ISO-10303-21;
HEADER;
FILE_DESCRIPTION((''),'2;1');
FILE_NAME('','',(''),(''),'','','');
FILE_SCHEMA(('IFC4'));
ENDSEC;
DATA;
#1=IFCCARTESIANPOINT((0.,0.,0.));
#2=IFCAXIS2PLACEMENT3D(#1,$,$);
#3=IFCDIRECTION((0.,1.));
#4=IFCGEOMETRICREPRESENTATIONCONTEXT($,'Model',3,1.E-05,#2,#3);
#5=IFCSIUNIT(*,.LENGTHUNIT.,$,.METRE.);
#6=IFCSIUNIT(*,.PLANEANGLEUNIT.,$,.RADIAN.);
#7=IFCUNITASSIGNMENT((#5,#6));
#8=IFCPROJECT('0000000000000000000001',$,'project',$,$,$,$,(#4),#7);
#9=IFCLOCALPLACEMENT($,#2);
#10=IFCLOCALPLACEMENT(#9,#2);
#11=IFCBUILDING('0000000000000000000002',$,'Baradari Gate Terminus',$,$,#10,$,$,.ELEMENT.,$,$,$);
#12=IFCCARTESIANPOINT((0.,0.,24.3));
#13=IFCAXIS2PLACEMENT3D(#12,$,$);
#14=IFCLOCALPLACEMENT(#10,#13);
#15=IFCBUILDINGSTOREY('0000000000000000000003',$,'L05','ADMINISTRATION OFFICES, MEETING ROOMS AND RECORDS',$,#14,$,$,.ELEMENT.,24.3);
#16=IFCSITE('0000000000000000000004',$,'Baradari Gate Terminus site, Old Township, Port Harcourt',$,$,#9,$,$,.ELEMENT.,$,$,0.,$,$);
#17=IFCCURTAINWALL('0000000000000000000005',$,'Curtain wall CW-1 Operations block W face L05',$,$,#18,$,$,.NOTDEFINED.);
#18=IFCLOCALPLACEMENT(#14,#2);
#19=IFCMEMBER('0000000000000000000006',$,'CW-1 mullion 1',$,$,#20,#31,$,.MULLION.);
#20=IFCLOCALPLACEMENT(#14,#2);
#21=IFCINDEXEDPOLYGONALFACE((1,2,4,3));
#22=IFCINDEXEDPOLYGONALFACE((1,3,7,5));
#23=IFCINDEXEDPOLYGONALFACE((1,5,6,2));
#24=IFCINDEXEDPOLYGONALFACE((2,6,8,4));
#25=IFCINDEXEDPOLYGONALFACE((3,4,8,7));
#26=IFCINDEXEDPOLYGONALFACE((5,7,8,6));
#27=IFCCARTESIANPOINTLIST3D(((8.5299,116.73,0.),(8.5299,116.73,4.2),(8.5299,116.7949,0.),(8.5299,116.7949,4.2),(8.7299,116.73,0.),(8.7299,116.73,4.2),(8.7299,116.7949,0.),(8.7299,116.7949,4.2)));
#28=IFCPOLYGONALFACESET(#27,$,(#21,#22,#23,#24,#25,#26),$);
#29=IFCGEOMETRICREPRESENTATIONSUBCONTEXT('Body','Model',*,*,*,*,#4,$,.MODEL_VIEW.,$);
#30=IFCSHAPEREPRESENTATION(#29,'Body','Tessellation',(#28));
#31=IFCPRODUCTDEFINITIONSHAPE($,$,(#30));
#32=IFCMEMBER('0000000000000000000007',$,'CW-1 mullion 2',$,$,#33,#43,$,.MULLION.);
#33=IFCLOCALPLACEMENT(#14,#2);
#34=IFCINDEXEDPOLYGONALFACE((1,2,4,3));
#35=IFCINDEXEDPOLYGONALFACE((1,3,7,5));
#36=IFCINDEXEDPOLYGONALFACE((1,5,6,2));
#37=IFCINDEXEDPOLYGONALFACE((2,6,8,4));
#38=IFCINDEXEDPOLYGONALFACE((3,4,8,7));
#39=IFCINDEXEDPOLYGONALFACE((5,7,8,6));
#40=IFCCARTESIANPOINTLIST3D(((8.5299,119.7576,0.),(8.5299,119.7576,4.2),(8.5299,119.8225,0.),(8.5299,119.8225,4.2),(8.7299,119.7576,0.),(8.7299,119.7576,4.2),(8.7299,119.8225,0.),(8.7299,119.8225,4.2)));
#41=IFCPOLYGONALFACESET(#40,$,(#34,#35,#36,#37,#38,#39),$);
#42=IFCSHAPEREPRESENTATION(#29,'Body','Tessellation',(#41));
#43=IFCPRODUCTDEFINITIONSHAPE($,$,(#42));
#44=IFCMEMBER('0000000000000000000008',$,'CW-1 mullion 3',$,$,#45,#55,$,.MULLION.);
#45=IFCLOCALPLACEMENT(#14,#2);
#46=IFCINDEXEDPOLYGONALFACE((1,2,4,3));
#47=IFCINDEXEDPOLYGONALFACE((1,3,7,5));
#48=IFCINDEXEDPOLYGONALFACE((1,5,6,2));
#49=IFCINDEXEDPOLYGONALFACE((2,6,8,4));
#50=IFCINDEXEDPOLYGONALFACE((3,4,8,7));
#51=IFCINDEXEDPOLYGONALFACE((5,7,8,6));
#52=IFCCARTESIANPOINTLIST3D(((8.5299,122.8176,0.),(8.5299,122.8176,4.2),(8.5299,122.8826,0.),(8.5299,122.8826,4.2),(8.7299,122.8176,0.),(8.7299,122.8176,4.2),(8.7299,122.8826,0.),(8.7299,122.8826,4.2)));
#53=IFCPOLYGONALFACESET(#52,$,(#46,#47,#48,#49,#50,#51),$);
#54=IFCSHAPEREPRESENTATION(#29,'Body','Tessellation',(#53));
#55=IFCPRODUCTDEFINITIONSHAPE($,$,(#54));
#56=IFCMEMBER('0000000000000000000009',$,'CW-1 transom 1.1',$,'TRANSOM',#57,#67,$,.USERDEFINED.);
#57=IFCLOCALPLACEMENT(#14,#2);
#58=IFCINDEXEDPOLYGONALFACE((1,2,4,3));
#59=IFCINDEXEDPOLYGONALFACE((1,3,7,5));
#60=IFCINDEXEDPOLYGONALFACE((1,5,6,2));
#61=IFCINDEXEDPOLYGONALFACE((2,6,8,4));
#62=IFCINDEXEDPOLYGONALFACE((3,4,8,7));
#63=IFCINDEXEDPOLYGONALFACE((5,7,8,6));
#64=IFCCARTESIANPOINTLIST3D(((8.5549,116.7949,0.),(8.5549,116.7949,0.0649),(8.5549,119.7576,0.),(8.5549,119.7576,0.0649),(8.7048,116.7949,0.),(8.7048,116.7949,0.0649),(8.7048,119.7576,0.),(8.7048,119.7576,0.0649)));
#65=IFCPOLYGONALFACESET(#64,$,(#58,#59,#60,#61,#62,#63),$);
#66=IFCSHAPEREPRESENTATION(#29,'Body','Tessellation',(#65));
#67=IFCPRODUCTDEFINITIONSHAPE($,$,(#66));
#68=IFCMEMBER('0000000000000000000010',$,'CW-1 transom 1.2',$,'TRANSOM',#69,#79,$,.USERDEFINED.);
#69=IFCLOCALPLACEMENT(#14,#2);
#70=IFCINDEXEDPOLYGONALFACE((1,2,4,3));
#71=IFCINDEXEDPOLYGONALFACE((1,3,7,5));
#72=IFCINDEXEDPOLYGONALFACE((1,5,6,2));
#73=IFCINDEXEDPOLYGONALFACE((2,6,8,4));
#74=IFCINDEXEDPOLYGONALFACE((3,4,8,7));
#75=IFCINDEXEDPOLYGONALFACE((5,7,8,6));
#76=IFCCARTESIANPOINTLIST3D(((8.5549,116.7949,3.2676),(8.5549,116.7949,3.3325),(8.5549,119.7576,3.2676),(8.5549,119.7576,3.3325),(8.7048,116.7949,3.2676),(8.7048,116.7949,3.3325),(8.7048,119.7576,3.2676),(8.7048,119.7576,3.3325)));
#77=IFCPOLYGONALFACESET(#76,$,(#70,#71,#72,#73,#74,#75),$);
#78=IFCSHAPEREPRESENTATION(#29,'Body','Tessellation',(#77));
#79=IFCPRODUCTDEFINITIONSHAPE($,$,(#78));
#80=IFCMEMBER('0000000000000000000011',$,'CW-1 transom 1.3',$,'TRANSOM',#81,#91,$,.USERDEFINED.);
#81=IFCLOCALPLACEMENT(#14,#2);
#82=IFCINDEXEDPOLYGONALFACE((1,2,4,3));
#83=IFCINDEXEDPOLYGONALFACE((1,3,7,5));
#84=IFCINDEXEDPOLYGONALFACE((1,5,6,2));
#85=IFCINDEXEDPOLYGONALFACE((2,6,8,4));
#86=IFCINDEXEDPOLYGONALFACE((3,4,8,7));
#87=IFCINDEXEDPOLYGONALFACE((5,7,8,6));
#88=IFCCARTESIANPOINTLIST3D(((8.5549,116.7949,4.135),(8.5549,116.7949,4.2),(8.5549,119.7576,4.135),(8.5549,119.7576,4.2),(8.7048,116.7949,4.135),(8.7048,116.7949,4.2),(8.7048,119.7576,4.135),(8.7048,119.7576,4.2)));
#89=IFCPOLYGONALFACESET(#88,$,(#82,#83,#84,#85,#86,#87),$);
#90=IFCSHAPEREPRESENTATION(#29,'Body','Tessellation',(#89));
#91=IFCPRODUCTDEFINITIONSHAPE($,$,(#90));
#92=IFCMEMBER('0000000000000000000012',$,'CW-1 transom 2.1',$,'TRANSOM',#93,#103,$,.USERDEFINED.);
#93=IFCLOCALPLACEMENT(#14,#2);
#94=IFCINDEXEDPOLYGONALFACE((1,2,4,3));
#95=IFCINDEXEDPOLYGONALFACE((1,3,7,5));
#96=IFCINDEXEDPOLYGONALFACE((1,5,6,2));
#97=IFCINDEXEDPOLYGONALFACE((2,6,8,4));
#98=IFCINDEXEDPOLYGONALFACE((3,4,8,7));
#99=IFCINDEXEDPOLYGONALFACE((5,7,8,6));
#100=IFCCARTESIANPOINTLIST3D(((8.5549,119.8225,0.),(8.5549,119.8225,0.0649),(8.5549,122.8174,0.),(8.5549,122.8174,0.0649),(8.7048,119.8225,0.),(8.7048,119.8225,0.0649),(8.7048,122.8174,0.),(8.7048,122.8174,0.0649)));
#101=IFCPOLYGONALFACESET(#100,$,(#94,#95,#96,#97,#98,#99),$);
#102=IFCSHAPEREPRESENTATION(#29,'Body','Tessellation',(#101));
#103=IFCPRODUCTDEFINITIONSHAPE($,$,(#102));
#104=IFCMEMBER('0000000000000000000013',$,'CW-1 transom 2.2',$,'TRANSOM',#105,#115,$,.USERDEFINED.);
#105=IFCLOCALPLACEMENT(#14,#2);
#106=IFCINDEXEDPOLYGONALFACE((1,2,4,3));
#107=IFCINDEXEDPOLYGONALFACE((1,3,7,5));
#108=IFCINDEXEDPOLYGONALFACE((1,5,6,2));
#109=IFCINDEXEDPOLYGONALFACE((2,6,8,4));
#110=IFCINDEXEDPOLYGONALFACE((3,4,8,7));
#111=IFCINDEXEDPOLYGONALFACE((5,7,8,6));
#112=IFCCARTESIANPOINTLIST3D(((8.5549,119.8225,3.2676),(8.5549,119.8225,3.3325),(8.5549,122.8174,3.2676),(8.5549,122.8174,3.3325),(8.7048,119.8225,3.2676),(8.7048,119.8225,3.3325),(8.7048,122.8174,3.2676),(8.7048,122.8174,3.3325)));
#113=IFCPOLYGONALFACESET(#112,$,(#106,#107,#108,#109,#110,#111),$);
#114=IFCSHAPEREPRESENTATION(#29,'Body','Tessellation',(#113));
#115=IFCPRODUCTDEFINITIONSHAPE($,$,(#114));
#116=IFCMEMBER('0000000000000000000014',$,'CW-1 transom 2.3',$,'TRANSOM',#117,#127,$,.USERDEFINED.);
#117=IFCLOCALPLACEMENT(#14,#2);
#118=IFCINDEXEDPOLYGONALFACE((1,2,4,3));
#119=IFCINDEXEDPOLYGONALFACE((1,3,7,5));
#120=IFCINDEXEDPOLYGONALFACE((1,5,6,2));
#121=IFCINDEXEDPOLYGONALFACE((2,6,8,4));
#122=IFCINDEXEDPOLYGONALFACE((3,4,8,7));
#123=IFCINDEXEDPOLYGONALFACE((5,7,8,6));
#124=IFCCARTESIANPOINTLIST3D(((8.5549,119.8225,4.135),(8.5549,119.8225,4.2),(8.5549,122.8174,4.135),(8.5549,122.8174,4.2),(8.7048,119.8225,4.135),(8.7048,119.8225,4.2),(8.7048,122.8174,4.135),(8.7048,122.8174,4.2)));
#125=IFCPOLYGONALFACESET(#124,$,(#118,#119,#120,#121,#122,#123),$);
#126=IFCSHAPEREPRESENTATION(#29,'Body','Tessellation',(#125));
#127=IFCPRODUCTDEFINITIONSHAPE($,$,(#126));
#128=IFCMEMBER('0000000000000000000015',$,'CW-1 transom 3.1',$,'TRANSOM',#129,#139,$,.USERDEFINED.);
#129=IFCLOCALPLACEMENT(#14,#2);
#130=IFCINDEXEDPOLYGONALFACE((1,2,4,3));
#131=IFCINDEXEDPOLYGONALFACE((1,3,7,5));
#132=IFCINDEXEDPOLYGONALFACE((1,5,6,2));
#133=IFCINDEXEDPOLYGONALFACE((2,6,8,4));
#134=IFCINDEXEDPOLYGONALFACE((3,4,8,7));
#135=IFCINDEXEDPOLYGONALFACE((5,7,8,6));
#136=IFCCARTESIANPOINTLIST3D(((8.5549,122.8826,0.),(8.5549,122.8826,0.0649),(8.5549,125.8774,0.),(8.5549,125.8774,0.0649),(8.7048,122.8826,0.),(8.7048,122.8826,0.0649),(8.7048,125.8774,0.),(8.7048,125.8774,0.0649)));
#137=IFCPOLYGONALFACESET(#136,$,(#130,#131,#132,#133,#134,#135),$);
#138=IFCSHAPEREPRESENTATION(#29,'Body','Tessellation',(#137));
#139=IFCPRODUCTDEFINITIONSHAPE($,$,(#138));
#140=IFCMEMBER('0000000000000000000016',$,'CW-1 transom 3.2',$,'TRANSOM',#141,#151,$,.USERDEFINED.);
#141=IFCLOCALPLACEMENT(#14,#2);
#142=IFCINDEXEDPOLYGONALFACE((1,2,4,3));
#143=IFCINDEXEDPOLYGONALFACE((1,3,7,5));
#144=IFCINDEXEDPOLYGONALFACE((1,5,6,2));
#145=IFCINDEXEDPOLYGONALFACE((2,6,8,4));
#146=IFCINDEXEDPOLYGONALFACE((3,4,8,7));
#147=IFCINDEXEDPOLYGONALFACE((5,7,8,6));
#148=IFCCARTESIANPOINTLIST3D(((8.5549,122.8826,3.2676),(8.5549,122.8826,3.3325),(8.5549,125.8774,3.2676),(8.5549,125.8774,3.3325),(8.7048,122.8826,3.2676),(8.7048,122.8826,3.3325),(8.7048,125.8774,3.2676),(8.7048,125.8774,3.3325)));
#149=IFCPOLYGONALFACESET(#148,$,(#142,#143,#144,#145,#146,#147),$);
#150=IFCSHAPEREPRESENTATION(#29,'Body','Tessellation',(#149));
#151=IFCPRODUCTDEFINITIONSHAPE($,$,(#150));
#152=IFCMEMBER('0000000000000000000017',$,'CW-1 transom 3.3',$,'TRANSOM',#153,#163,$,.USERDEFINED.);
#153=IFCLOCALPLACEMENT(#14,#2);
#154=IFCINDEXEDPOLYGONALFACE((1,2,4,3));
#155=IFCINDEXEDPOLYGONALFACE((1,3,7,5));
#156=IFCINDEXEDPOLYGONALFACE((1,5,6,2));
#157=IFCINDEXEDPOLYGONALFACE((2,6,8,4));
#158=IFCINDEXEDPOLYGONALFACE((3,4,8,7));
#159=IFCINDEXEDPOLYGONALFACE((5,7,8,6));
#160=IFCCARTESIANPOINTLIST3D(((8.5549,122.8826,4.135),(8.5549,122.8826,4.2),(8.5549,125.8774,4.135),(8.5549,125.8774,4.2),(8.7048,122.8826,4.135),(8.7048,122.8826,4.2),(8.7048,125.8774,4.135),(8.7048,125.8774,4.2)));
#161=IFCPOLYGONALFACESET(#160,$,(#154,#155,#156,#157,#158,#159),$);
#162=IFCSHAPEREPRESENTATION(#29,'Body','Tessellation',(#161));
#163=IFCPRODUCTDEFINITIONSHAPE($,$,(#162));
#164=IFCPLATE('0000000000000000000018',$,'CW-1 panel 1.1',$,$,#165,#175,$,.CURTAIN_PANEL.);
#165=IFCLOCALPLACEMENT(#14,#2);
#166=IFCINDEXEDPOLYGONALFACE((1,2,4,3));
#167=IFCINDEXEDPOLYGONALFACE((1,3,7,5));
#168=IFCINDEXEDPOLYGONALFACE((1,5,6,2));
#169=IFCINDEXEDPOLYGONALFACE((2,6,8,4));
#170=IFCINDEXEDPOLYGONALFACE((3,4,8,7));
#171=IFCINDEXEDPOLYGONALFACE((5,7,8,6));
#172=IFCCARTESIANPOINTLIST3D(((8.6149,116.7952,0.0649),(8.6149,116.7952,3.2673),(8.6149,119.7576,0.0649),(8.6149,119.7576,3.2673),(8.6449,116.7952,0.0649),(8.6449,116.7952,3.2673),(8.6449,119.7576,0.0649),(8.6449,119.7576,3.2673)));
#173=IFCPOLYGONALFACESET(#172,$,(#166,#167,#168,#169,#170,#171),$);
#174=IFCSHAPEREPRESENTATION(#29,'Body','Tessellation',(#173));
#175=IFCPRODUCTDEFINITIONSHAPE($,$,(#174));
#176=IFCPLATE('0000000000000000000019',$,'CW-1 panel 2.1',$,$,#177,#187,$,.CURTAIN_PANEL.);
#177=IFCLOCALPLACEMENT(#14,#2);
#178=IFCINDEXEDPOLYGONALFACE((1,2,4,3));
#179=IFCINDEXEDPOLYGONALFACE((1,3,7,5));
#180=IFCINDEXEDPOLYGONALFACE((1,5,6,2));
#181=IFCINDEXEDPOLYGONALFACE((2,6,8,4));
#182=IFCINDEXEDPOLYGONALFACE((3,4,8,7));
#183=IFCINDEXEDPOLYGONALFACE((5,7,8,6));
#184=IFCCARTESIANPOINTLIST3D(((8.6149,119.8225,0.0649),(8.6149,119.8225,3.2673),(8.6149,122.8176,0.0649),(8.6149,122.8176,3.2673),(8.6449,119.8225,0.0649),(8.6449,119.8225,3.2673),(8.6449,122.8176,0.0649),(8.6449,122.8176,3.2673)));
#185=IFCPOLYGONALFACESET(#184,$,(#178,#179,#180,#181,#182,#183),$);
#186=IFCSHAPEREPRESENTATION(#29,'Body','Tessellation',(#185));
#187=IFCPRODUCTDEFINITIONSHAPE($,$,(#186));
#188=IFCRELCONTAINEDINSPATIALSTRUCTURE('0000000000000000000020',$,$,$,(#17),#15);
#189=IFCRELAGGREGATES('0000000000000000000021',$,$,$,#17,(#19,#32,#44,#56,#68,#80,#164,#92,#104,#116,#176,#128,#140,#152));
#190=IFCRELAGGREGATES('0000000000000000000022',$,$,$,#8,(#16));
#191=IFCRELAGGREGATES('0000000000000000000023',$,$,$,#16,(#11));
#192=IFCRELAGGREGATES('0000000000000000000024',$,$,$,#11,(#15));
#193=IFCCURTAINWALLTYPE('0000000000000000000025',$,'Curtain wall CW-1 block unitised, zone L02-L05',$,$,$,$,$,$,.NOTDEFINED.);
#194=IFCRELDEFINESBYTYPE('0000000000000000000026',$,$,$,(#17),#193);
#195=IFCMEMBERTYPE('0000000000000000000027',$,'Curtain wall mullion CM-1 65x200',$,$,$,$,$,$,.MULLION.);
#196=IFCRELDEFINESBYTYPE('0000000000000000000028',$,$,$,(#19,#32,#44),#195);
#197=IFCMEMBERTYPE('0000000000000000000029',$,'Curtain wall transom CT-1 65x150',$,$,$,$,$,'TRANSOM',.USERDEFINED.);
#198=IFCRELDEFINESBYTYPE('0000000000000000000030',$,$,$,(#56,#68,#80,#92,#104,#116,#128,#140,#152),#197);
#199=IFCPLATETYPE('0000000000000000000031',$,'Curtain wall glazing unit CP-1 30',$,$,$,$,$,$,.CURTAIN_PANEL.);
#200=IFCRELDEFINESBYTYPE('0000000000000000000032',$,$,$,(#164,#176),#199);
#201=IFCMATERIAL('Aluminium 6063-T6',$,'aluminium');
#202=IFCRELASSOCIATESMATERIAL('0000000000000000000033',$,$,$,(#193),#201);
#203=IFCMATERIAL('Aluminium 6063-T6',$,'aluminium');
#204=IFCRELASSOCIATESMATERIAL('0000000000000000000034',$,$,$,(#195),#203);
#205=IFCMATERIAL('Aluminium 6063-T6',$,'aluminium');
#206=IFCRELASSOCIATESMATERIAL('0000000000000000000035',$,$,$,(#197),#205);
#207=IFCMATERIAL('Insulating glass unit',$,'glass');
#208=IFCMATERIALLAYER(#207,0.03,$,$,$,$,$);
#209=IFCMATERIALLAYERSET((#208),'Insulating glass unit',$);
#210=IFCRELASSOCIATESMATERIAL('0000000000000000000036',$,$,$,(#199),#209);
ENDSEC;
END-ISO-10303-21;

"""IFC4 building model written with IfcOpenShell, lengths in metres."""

from ifc_helpers import new_model, si_unit, direction, frame, origin, origin_2d, place, context, subcontext, project, spatial, rectangle, extrude, material, layer, layer_set, material_profile, profile_set, type_object, element, aggregate, save


model = new_model("IFC4")

# Units and contexts
model_context = context("Model", 3, precision=1e-05, world=origin(), true_north=direction((0.0, 1.0)))
body_context = subcontext(model_context, "Body", "Model", "MODEL_VIEW")
ifc_project = project(units=[si_unit("LENGTHUNIT", "METRE"), si_unit("PLANEANGLEUNIT", "RADIAN")], contexts=[model_context])

# Site, building, storey
site_placement = place(None, origin())
site = spatial("IfcSite", under=ifc_project, at=site_placement, Name="Baradari Gate Terminus site, Old Township, Port Harcourt", CompositionType="ELEMENT", RefElevation=0.0)
building_placement = place(site_placement, origin())
building = spatial("IfcBuilding", under=site, at=building_placement, Name="Baradari Gate Terminus", CompositionType="ELEMENT")
storey_placement = place(building_placement, frame((0.0, 0.0, 24.3)))
storey = spatial("IfcBuildingStorey", under=building, at=storey_placement, Name="L05", Description="ADMINISTRATION OFFICES, MEETING ROOMS AND RECORDS", CompositionType="ELEMENT", Elevation=24.3)

# Curtain wall, members, plates
ifc_material_1 = material(Name="Aluminium 6063-T6", Category="aluminium")
curtain_wall_type = type_object("IfcCurtainWallType", Name="Curtain wall CW-1 block unitised, zone L02-L05", PredefinedType="NOTDEFINED", material=ifc_material_1)
curtain_wall_placement = place(storey_placement, origin())
curtain_wall = element("IfcCurtainWall", 1, at=curtain_wall_placement, inside=storey, type_object=curtain_wall_type, Name="Curtain wall CW-1 Operations block W face L05", PredefinedType="NOTDEFINED")
ifc_material_2 = material(Name="Aluminium 6063-T6", Category="aluminium")
ifc_material_profile_1 = material_profile(ifc_material_2, rectangle(XDim=0.2, YDim=0.0649, at=origin_2d()), Name="CM-1 65X200")
ifc_profile_set_1 = profile_set([ifc_material_profile_1], Name="Aluminium 6063-T6")
member_type_1 = type_object("IfcMemberType", Name="Curtain wall mullion CM-1 65x200", PredefinedType="MULLION", material=ifc_profile_set_1)
member_1_placement = place(storey_placement, frame((8.6299, 116.7625, 0.0), z_axis=(0.0, 0.0, 1.0), x_axis=(-1.0, 0.0, 0.0)))
member_1 = element("IfcMember", 2, at=member_1_placement, type_object=member_type_1, Name="CW-1 mullion 1", PredefinedType="MULLION", context=body_context, shape_type="SweptSolid", body=[
    extrude(rectangle(XDim=0.2, YDim=0.0649, at=origin_2d()), origin(), (0.0, 0.0, 1.0), 4.2),
])
member_2_placement = place(storey_placement, frame((8.6299, 119.79, 0.0), z_axis=(0.0, 0.0, 1.0), x_axis=(-1.0, 0.0, 0.0)))
member_2 = element("IfcMember", 3, at=member_2_placement, type_object=member_type_1, Name="CW-1 mullion 2", PredefinedType="MULLION", context=body_context, shape_type="SweptSolid", body=[
    extrude(rectangle(XDim=0.2, YDim=0.0649, at=origin_2d()), origin(), (0.0, 0.0, 1.0), 4.2),
])
member_3_placement = place(storey_placement, frame((8.6299, 122.8501, 0.0), z_axis=(0.0, 0.0, 1.0), x_axis=(-1.0, 0.0, 0.0)))
member_3 = element("IfcMember", 4, at=member_3_placement, type_object=member_type_1, Name="CW-1 mullion 3", PredefinedType="MULLION", context=body_context, shape_type="SweptSolid", body=[
    extrude(rectangle(XDim=0.2, YDim=0.0649, at=origin_2d()), origin(), (0.0, 0.0, 1.0), 4.2),
])
ifc_material_3 = material(Name="Aluminium 6063-T6", Category="aluminium")
ifc_material_profile_2 = material_profile(ifc_material_3, rectangle(XDim=0.1499, YDim=0.0649, at=origin_2d()), Name="CT-1 65X150")
ifc_profile_set_2 = profile_set([ifc_material_profile_2], Name="Aluminium 6063-T6")
member_type_2 = type_object("IfcMemberType", Name="Curtain wall transom CT-1 65x150", ElementType="TRANSOM", PredefinedType="USERDEFINED", material=ifc_profile_set_2)
member_4_placement = place(storey_placement, frame((8.6299, 116.7949, 0.0325), z_axis=(0.0, 1.0, 0.0), x_axis=(-1.0, 0.0, 0.0)))
member_4 = element("IfcMember", 5, at=member_4_placement, type_object=member_type_2, Name="CW-1 transom 1.1", ObjectType="TRANSOM", PredefinedType="USERDEFINED", context=body_context, shape_type="SweptSolid", body=[
    extrude(rectangle(XDim=0.1499, YDim=0.0649, at=origin_2d()), origin(), (0.0, 0.0, 1.0), 2.9626),
])
member_5_placement = place(storey_placement, frame((8.6299, 116.7949, 3.3), z_axis=(0.0, 1.0, 0.0), x_axis=(-1.0, 0.0, 0.0)))
member_5 = element("IfcMember", 6, at=member_5_placement, type_object=member_type_2, Name="CW-1 transom 1.2", ObjectType="TRANSOM", PredefinedType="USERDEFINED", context=body_context, shape_type="SweptSolid", body=[
    extrude(rectangle(XDim=0.1499, YDim=0.0649, at=origin_2d()), origin(), (0.0, 0.0, 1.0), 2.9626),
])
member_6_placement = place(storey_placement, frame((8.6299, 116.7949, 4.1675), z_axis=(0.0, 1.0, 0.0), x_axis=(-1.0, 0.0, 0.0)))
member_6 = element("IfcMember", 7, at=member_6_placement, type_object=member_type_2, Name="CW-1 transom 1.3", ObjectType="TRANSOM", PredefinedType="USERDEFINED", context=body_context, shape_type="SweptSolid", body=[
    extrude(rectangle(XDim=0.1499, YDim=0.0649, at=origin_2d()), origin(), (0.0, 0.0, 1.0), 2.9626),
])
member_7_placement = place(storey_placement, frame((8.6299, 119.8225, 0.0325), z_axis=(0.0, 1.0, 0.0), x_axis=(-1.0, 0.0, 0.0)))
member_7 = element("IfcMember", 8, at=member_7_placement, type_object=member_type_2, Name="CW-1 transom 2.1", ObjectType="TRANSOM", PredefinedType="USERDEFINED", context=body_context, shape_type="SweptSolid", body=[
    extrude(rectangle(XDim=0.1499, YDim=0.0649, at=origin_2d()), origin(), (0.0, 0.0, 1.0), 2.9949),
])
member_8_placement = place(storey_placement, frame((8.6299, 119.8225, 3.3), z_axis=(0.0, 1.0, 0.0), x_axis=(-1.0, 0.0, 0.0)))
member_8 = element("IfcMember", 9, at=member_8_placement, type_object=member_type_2, Name="CW-1 transom 2.2", ObjectType="TRANSOM", PredefinedType="USERDEFINED", context=body_context, shape_type="SweptSolid", body=[
    extrude(rectangle(XDim=0.1499, YDim=0.0649, at=origin_2d()), origin(), (0.0, 0.0, 1.0), 2.9949),
])
member_9_placement = place(storey_placement, frame((8.6299, 119.8225, 4.1675), z_axis=(0.0, 1.0, 0.0), x_axis=(-1.0, 0.0, 0.0)))
member_9 = element("IfcMember", 10, at=member_9_placement, type_object=member_type_2, Name="CW-1 transom 2.3", ObjectType="TRANSOM", PredefinedType="USERDEFINED", context=body_context, shape_type="SweptSolid", body=[
    extrude(rectangle(XDim=0.1499, YDim=0.0649, at=origin_2d()), origin(), (0.0, 0.0, 1.0), 2.9949),
])
member_10_placement = place(storey_placement, frame((8.6299, 122.8826, 0.0325), z_axis=(0.0, 1.0, 0.0), x_axis=(-1.0, 0.0, 0.0)))
member_10 = element("IfcMember", 11, at=member_10_placement, type_object=member_type_2, Name="CW-1 transom 3.1", ObjectType="TRANSOM", PredefinedType="USERDEFINED", context=body_context, shape_type="SweptSolid", body=[
    extrude(rectangle(XDim=0.1499, YDim=0.0649, at=origin_2d()), origin(), (0.0, 0.0, 1.0), 2.9949),
])
member_11_placement = place(storey_placement, frame((8.6299, 122.8826, 3.3), z_axis=(0.0, 1.0, 0.0), x_axis=(-1.0, 0.0, 0.0)))
member_11 = element("IfcMember", 12, at=member_11_placement, type_object=member_type_2, Name="CW-1 transom 3.2", ObjectType="TRANSOM", PredefinedType="USERDEFINED", context=body_context, shape_type="SweptSolid", body=[
    extrude(rectangle(XDim=0.1499, YDim=0.0649, at=origin_2d()), origin(), (0.0, 0.0, 1.0), 2.9949),
])
member_12_placement = place(storey_placement, frame((8.6299, 122.8826, 4.1675), z_axis=(0.0, 1.0, 0.0), x_axis=(-1.0, 0.0, 0.0)))
member_12 = element("IfcMember", 13, at=member_12_placement, type_object=member_type_2, Name="CW-1 transom 3.3", ObjectType="TRANSOM", PredefinedType="USERDEFINED", context=body_context, shape_type="SweptSolid", body=[
    extrude(rectangle(XDim=0.1499, YDim=0.0649, at=origin_2d()), origin(), (0.0, 0.0, 1.0), 2.9949),
])
ifc_material_4 = material(Name="Insulating glass unit", Category="glass")
ifc_layer_1 = layer(ifc_material_4, 0.03)
ifc_layer_set_1 = layer_set([ifc_layer_1], Name="Insulating glass unit")
plate_type_1 = type_object("IfcPlateType", Name="Curtain wall glazing unit CP-1 30", PredefinedType="CURTAIN_PANEL", material=ifc_layer_set_1)
plate_1_placement = place(storey_placement, frame((8.6299, 118.2764, 0.0649), z_axis=(0.0, 0.0, 1.0), x_axis=(0.0, 1.0, 0.0)))
plate_1 = element("IfcPlate", 14, at=plate_1_placement, type_object=plate_type_1, Name="CW-1 panel 1.1", PredefinedType="CURTAIN_PANEL", context=body_context, shape_type="SweptSolid", body=[
    extrude(rectangle(XDim=2.9624, YDim=0.03, at=origin_2d()), origin(), (0.0, 0.0, 1.0), 3.2024),
])
plate_2_placement = place(storey_placement, frame((8.6299, 121.3201, 0.0649), z_axis=(0.0, 0.0, 1.0), x_axis=(0.0, 1.0, 0.0)))
plate_2 = element("IfcPlate", 15, at=plate_2_placement, type_object=plate_type_1, Name="CW-1 panel 2.1", PredefinedType="CURTAIN_PANEL", context=body_context, shape_type="SweptSolid", body=[
    extrude(rectangle(XDim=2.9951, YDim=0.03, at=origin_2d()), origin(), (0.0, 0.0, 1.0), 3.2024),
])
aggregate(curtain_wall, [member_1, member_2, member_3, member_4, member_5, member_6, plate_1, member_7, member_8, member_9, plate_2, member_10, member_11, member_12])

save(model, "model.ifc")
